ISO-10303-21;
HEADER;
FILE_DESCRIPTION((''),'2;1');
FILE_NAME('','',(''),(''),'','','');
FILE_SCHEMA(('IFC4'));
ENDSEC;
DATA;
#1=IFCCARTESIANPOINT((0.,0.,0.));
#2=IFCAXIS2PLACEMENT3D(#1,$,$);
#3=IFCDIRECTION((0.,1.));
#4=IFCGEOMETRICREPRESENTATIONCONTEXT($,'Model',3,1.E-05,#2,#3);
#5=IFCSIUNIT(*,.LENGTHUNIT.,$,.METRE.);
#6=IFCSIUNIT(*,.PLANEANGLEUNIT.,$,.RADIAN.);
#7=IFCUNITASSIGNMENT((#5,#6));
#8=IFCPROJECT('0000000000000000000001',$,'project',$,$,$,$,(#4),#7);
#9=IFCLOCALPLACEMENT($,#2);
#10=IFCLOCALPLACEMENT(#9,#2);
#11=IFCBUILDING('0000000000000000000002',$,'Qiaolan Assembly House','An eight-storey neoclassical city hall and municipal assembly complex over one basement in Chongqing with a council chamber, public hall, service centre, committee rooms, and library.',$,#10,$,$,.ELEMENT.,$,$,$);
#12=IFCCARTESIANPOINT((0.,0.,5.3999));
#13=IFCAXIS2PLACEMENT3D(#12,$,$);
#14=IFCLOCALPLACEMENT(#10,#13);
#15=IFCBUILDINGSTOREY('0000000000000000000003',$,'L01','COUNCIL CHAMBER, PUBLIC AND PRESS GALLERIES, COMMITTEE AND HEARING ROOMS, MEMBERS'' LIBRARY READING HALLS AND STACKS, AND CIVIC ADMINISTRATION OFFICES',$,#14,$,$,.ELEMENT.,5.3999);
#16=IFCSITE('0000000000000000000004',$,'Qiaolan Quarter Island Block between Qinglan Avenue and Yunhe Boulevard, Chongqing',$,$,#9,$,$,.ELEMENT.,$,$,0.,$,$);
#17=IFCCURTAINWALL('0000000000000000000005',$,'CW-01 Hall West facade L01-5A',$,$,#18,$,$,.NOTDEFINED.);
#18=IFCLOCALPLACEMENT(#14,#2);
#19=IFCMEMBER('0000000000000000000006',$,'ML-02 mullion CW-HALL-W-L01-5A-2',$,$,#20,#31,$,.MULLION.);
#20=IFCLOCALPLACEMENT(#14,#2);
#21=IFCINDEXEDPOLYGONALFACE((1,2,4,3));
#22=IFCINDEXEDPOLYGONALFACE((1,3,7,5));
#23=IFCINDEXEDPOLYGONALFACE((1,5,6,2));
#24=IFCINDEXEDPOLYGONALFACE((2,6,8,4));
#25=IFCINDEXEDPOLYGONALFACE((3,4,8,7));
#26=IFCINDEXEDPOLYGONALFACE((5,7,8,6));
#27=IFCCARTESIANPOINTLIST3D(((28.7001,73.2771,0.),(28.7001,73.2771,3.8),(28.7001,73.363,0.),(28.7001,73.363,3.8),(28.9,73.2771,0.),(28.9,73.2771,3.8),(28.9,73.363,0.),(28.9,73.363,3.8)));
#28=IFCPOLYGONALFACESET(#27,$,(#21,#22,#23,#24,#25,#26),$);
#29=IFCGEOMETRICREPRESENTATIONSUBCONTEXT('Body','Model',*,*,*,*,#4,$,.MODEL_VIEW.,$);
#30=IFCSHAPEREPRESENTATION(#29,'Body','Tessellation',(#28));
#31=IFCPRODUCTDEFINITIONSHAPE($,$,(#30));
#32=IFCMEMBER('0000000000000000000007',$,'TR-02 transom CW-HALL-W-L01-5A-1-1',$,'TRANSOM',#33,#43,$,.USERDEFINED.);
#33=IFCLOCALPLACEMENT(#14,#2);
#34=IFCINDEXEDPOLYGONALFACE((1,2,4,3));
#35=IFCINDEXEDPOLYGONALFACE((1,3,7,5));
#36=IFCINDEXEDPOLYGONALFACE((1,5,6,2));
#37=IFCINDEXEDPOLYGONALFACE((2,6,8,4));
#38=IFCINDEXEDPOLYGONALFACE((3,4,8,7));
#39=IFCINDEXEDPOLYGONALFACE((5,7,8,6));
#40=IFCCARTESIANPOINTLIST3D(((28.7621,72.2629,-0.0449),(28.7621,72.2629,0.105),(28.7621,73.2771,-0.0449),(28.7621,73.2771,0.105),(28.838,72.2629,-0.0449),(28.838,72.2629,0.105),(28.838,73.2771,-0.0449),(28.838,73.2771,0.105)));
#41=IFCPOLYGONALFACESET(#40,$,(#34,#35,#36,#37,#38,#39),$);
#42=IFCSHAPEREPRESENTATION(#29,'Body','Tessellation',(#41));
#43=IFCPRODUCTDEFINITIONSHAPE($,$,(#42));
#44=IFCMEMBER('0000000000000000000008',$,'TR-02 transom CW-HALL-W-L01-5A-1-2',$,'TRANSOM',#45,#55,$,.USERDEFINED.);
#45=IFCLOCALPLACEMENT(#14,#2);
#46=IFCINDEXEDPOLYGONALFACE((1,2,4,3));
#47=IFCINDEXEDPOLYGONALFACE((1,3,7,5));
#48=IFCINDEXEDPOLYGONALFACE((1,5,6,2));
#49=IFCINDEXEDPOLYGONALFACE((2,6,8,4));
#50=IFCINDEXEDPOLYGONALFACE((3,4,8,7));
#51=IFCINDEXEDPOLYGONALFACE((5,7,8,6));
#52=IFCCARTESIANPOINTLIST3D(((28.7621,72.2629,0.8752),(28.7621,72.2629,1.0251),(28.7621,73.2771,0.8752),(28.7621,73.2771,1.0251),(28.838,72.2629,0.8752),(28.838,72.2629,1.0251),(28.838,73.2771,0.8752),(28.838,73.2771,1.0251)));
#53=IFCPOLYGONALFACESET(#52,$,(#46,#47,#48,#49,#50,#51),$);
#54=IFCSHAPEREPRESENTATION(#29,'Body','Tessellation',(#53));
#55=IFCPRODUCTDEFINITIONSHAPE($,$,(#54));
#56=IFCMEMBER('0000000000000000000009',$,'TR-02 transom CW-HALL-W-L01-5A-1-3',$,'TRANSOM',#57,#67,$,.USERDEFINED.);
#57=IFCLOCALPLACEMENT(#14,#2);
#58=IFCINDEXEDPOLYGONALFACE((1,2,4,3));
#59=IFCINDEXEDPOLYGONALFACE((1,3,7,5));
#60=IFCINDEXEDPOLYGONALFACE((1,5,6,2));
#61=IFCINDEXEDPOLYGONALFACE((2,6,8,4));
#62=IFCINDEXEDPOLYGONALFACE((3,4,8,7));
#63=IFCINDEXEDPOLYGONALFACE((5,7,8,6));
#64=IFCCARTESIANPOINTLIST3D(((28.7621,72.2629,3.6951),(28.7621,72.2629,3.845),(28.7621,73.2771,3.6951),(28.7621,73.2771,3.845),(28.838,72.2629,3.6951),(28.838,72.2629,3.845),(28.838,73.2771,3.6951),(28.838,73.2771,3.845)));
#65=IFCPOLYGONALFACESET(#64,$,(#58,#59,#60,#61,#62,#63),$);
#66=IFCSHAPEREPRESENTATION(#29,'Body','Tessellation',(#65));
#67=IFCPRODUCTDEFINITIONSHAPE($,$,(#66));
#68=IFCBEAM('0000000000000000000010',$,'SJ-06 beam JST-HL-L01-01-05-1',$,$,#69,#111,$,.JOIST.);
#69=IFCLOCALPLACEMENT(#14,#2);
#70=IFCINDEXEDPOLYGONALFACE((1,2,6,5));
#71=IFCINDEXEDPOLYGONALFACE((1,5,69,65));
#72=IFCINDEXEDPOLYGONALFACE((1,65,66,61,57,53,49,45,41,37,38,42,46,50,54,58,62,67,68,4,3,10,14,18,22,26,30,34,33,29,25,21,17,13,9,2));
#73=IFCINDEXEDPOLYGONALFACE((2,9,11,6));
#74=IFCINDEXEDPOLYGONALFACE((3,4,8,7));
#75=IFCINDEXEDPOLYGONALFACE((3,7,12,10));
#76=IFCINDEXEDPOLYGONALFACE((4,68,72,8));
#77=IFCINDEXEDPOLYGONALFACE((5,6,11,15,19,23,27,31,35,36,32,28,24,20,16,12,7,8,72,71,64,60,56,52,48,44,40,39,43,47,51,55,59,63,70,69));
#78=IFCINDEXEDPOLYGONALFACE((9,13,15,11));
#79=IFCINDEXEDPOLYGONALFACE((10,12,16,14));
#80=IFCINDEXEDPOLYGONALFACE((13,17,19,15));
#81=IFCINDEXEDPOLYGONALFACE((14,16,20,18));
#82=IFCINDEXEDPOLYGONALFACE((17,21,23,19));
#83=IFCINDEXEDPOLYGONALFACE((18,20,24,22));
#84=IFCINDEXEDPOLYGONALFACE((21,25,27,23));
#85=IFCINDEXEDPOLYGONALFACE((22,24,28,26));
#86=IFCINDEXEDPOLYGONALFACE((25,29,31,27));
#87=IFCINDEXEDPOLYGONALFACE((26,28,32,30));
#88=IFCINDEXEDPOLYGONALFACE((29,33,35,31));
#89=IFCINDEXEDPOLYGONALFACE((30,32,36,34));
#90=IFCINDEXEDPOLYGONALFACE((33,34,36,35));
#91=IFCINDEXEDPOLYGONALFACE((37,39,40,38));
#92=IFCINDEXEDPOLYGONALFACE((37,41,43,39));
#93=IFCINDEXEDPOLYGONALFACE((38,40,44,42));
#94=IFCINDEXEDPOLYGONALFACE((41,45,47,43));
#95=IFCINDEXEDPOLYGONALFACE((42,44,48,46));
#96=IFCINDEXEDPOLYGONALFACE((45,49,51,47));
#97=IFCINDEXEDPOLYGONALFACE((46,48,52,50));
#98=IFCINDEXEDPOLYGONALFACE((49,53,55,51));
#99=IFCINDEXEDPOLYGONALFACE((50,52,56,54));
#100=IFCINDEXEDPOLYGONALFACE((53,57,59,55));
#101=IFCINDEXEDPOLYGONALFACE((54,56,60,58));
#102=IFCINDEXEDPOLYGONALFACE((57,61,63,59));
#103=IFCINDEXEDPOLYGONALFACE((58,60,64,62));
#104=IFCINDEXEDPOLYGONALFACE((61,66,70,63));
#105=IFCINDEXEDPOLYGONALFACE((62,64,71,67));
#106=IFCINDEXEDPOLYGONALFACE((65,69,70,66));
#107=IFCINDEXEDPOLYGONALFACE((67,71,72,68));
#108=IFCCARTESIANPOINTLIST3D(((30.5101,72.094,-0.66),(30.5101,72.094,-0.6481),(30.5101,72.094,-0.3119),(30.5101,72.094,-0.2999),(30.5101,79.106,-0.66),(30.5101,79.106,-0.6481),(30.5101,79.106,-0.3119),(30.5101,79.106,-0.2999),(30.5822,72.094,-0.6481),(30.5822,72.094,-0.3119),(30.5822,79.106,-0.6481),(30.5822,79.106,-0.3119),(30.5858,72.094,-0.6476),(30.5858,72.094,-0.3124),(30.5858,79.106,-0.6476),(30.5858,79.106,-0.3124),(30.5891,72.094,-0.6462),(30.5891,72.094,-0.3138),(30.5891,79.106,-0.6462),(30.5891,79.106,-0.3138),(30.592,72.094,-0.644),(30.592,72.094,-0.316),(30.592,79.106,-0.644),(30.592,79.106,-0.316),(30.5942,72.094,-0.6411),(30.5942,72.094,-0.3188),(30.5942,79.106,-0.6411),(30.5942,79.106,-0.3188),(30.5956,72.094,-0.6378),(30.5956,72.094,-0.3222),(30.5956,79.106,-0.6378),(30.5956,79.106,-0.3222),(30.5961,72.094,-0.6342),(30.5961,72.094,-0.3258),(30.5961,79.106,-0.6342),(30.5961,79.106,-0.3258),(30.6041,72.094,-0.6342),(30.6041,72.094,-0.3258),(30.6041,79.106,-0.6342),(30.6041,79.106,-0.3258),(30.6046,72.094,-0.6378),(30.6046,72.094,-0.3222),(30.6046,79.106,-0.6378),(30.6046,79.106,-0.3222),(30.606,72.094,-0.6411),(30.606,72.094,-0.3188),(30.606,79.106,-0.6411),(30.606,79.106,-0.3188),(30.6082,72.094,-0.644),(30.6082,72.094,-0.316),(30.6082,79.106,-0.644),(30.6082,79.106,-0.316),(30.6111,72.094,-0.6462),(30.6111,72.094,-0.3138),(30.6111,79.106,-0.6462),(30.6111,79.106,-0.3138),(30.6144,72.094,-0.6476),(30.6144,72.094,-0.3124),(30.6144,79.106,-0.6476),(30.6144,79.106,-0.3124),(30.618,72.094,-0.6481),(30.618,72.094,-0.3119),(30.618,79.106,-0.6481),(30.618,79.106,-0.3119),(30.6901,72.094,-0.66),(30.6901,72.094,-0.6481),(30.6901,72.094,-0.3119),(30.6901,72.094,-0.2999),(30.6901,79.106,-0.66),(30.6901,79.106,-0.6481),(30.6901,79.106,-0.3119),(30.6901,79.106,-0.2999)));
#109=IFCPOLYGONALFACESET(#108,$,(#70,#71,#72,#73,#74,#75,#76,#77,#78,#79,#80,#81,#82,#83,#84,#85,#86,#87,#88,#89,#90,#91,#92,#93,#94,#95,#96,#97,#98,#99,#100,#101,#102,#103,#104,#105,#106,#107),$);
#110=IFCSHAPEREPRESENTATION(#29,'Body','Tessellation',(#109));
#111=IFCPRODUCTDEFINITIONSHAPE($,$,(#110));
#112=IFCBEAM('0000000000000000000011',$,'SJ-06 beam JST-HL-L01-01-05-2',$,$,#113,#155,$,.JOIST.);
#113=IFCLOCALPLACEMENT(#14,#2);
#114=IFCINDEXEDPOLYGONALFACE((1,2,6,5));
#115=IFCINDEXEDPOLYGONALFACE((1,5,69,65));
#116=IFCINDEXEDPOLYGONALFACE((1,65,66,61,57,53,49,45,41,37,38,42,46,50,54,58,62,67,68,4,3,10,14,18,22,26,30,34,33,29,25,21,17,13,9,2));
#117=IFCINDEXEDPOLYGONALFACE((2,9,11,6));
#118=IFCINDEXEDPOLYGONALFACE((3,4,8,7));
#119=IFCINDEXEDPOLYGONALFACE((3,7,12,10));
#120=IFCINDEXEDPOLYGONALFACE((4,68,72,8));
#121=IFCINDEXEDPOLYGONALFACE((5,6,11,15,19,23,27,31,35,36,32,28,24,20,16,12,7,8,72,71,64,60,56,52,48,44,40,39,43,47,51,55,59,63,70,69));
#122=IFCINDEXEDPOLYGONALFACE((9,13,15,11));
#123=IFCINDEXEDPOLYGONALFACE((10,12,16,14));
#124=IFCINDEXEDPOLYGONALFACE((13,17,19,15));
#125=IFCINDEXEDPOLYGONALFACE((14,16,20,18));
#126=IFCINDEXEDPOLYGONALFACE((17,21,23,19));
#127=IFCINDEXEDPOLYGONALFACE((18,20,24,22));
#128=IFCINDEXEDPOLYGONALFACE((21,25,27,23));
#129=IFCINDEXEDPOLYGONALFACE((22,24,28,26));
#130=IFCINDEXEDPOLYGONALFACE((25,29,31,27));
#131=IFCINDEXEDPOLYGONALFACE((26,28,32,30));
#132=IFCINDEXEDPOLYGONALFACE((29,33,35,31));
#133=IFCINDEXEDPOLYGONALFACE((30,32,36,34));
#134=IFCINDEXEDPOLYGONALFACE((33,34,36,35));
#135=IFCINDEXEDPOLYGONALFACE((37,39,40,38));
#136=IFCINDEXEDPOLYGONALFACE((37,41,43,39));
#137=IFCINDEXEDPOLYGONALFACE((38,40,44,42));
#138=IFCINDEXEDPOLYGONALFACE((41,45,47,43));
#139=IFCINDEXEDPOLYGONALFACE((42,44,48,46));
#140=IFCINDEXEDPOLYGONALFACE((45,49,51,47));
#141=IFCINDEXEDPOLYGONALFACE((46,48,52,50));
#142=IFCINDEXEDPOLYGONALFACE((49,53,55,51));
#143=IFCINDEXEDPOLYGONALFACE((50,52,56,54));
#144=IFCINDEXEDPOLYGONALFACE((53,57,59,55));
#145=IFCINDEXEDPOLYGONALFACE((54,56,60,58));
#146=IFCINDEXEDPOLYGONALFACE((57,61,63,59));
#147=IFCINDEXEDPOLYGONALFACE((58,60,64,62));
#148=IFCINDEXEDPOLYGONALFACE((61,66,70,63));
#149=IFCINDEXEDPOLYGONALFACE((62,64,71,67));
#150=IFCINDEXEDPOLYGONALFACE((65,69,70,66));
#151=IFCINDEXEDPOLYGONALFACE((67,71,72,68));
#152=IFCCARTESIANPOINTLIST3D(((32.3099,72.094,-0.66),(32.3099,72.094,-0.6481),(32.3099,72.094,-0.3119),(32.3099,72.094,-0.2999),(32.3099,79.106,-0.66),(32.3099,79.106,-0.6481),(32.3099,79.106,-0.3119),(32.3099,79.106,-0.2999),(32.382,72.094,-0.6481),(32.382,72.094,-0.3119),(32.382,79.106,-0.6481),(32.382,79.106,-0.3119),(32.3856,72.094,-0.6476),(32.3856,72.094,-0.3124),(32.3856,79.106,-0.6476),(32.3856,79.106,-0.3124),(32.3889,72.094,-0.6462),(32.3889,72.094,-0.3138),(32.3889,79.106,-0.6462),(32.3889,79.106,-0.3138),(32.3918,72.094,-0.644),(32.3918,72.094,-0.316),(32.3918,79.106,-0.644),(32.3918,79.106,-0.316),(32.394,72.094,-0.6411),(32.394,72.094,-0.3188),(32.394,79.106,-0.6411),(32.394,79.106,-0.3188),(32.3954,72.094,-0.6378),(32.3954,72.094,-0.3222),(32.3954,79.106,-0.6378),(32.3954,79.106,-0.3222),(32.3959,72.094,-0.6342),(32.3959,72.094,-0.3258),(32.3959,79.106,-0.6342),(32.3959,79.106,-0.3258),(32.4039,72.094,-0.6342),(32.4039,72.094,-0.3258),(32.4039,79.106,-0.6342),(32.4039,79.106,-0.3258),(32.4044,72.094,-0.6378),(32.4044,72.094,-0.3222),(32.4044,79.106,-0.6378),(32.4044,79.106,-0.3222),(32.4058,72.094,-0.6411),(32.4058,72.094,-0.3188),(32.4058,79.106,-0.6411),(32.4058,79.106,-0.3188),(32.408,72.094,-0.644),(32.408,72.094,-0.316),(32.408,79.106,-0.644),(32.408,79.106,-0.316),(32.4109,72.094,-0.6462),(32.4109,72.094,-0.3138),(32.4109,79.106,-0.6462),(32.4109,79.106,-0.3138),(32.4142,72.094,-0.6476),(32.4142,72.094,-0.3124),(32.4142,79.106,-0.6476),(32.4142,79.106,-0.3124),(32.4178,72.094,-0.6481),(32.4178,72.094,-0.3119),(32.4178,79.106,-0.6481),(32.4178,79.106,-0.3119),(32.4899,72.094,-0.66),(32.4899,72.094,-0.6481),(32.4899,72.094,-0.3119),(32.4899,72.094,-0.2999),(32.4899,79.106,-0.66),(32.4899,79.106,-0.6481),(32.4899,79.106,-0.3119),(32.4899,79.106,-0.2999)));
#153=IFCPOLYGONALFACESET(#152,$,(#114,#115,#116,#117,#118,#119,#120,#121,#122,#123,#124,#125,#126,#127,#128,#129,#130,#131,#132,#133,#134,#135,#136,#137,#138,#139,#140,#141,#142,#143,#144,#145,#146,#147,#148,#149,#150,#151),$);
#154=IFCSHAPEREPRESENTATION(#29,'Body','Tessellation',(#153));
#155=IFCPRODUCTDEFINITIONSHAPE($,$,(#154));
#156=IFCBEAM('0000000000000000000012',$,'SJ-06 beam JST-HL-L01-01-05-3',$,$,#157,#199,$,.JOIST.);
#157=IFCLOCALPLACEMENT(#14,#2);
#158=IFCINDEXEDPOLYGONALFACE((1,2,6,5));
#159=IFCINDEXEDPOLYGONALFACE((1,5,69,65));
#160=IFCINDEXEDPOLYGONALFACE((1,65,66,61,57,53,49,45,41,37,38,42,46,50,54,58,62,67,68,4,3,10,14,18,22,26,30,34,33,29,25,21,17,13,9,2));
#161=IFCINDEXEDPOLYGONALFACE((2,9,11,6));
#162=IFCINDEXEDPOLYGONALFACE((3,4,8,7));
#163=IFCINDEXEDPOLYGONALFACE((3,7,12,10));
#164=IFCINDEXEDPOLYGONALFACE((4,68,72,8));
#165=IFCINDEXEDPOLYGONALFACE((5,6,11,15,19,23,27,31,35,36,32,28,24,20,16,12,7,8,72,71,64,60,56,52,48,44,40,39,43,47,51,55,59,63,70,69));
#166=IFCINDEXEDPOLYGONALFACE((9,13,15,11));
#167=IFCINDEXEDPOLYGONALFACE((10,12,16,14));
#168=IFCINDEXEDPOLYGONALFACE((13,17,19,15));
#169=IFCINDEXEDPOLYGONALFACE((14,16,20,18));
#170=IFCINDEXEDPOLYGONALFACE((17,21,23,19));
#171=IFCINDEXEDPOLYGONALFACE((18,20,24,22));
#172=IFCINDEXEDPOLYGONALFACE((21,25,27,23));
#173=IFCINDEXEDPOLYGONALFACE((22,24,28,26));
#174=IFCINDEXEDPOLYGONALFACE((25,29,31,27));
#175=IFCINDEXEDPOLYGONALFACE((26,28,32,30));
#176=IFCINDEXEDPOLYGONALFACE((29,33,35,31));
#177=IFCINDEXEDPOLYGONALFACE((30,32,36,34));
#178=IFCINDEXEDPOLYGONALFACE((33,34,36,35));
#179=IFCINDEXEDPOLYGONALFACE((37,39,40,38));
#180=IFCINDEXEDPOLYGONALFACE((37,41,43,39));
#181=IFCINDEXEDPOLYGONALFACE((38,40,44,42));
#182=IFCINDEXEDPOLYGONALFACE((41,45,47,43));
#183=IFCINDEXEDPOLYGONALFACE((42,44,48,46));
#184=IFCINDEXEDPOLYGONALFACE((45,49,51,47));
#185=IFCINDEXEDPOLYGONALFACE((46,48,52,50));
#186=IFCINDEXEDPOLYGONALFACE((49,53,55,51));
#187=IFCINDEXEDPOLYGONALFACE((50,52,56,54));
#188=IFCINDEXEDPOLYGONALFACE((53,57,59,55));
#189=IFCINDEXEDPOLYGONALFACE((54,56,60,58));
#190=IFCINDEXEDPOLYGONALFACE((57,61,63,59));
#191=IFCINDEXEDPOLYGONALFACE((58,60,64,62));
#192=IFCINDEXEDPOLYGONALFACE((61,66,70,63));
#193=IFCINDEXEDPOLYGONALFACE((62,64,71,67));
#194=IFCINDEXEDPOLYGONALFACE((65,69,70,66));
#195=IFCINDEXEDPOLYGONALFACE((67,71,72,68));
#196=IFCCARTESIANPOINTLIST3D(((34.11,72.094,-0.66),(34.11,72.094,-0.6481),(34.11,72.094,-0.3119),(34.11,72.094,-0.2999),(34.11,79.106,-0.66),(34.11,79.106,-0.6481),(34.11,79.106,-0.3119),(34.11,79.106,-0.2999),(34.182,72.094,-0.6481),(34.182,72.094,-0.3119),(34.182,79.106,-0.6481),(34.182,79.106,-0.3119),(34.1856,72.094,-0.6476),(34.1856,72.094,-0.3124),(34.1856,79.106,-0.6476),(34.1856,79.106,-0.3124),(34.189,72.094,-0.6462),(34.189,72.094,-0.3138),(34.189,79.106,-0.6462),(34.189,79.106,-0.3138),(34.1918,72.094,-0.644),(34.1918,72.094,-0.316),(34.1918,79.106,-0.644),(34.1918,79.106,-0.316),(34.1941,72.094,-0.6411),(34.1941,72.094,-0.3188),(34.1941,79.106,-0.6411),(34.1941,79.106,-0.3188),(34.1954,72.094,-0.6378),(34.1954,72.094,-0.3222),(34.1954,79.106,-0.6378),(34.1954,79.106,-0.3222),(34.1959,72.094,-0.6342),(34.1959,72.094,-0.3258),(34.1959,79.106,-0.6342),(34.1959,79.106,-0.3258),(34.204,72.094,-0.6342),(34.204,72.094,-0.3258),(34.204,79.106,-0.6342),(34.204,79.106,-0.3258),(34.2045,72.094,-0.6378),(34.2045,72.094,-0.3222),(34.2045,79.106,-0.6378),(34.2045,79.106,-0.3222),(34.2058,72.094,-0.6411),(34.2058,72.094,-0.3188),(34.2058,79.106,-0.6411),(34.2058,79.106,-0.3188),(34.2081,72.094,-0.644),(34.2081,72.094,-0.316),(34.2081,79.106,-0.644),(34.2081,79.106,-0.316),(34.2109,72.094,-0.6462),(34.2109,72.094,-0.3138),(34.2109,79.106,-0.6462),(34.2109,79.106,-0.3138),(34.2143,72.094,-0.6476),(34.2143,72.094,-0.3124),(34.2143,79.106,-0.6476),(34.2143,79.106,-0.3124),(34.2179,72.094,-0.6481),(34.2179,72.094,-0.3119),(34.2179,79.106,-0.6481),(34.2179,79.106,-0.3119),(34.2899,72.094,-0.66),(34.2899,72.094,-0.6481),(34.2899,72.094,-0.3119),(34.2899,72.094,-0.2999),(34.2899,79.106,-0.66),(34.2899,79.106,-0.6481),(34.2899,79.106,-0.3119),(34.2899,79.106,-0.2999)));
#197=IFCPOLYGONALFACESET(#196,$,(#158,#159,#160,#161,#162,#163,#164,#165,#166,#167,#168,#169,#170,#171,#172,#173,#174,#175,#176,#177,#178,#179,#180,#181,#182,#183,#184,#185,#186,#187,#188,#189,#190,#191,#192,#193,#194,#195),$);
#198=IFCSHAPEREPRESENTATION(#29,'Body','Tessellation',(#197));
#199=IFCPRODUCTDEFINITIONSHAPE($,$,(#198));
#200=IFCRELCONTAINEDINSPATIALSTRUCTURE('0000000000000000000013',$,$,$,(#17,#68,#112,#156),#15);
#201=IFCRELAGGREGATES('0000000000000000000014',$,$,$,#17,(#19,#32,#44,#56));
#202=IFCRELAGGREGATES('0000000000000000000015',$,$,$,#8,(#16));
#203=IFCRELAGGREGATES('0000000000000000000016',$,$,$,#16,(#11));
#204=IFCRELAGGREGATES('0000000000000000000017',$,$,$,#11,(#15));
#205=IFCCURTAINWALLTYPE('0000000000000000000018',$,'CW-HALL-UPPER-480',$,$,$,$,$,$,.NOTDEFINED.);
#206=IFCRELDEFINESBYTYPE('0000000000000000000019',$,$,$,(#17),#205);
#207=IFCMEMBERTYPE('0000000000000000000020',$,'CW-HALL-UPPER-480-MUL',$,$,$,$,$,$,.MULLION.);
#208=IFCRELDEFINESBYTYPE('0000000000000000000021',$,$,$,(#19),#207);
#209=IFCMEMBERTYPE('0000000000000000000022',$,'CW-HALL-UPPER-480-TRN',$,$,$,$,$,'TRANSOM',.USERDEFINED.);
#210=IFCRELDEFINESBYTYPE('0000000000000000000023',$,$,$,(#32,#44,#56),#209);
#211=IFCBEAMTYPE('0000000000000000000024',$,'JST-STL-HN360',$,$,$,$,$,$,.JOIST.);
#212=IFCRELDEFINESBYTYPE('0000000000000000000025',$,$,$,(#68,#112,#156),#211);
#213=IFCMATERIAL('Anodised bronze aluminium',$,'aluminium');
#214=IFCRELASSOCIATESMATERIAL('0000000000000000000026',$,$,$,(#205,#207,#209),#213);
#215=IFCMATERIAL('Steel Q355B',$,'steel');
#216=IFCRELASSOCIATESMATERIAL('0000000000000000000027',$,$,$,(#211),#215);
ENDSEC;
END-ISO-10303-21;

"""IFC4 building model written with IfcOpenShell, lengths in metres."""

from ifc_helpers import new_model, si_unit, direction, frame, origin, origin_2d, place, context, subcontext, project, spatial, rectangle, i_section, extrude, material, material_profile, profile_set, type_object, element, aggregate, save


model = new_model("IFC4")

# Units and contexts
model_context = context("Model", 3, precision=1e-05, world=origin(), true_north=direction((0.0, 1.0)))
body_context = subcontext(model_context, "Body", "Model", "MODEL_VIEW")
ifc_project = project(units=[si_unit("LENGTHUNIT", "METRE"), si_unit("PLANEANGLEUNIT", "RADIAN")], contexts=[model_context])

# Site, building, storey
site_placement = place(None, origin())
site = spatial("IfcSite", under=ifc_project, at=site_placement, Name="Qiaolan Quarter Island Block between Qinglan Avenue and Yunhe Boulevard, Chongqing", CompositionType="ELEMENT", RefElevation=0.0)
building_placement = place(site_placement, origin())
building = spatial("IfcBuilding", under=site, at=building_placement, Name="Qiaolan Assembly House", Description="An eight-storey neoclassical city hall and municipal assembly complex over one basement in Chongqing with a council chamber, public hall, service centre, committee rooms, and library.", CompositionType="ELEMENT")
storey_placement = place(building_placement, frame((0.0, 0.0, 5.3999)))
storey = spatial("IfcBuildingStorey", under=building, at=storey_placement, Name="L01", Description="COUNCIL CHAMBER, PUBLIC AND PRESS GALLERIES, COMMITTEE AND HEARING ROOMS, MEMBERS' LIBRARY READING HALLS AND STACKS, AND CIVIC ADMINISTRATION OFFICES", CompositionType="ELEMENT", Elevation=5.3999)

# Shared definitions
ifc_material_1 = material(Name="Steel Q355B", Category="steel")

# Curtain wall, members
ifc_material_2 = material(Name="Anodised bronze aluminium", Category="aluminium")
curtain_wall_type = type_object("IfcCurtainWallType", Name="CW-HALL-UPPER-480", PredefinedType="NOTDEFINED", material=ifc_material_2)
curtain_wall_placement = place(storey_placement, origin())
curtain_wall = element("IfcCurtainWall", 1, at=curtain_wall_placement, inside=storey, type_object=curtain_wall_type, Name="CW-01 Hall West facade L01-5A", PredefinedType="NOTDEFINED")
ifc_material_profile_1 = material_profile(ifc_material_2, rectangle(XDim=0.0859, YDim=0.2, at=origin_2d()), Name="MUL 86x200")
ifc_profile_set_1 = profile_set([ifc_material_profile_1], Name="Anodised bronze aluminium")
member_type_1 = type_object("IfcMemberType", Name="CW-HALL-UPPER-480-MUL", PredefinedType="MULLION", material=ifc_profile_set_1)
member_1_placement = place(storey_placement, frame((28.8, 73.3201, 0.0), z_axis=(0.0, 0.0, 1.0), x_axis=(0.0, 1.0, 0.0)))
member_1 = element("IfcMember", 2, at=member_1_placement, type_object=member_type_1, Name="ML-02 mullion CW-HALL-W-L01-5A-2", PredefinedType="MULLION", context=body_context, shape_type="SweptSolid", body=[
    extrude(rectangle(XDim=0.0859, YDim=0.2, at=origin_2d()), origin(), (0.0, 0.0, 1.0), 3.8),
])
ifc_material_profile_2 = material_profile(ifc_material_2, rectangle(XDim=0.0759, YDim=0.1499, at=origin_2d()), Name="TRN 76x150")
ifc_profile_set_2 = profile_set([ifc_material_profile_2], Name="Anodised bronze aluminium")
member_type_2 = type_object("IfcMemberType", Name="CW-HALL-UPPER-480-TRN", ElementType="TRANSOM", PredefinedType="USERDEFINED", material=ifc_profile_set_2)
member_2_placement = place(storey_placement, frame((28.8, 72.2629, 0.03), z_axis=(0.0, 1.0, 0.0), x_axis=(-1.0, 0.0, 0.0)))
member_2 = element("IfcMember", 3, at=member_2_placement, type_object=member_type_2, Name="TR-02 transom CW-HALL-W-L01-5A-1-1", ObjectType="TRANSOM", PredefinedType="USERDEFINED", context=body_context, shape_type="SweptSolid", body=[
    extrude(rectangle(XDim=0.0759, YDim=0.1499, at=origin_2d()), origin(), (0.0, 0.0, 1.0), 1.0142),
])
member_3_placement = place(storey_placement, frame((28.8, 72.2629, 0.9502), z_axis=(0.0, 1.0, 0.0), x_axis=(-1.0, 0.0, 0.0)))
member_3 = element("IfcMember", 4, at=member_3_placement, type_object=member_type_2, Name="TR-02 transom CW-HALL-W-L01-5A-1-2", ObjectType="TRANSOM", PredefinedType="USERDEFINED", context=body_context, shape_type="SweptSolid", body=[
    extrude(rectangle(XDim=0.0759, YDim=0.1499, at=origin_2d()), origin(), (0.0, 0.0, 1.0), 1.0142),
])
member_4_placement = place(storey_placement, frame((28.8, 72.2629, 3.77), z_axis=(0.0, 1.0, 0.0), x_axis=(-1.0, 0.0, 0.0)))
member_4 = element("IfcMember", 5, at=member_4_placement, type_object=member_type_2, Name="TR-02 transom CW-HALL-W-L01-5A-1-3", ObjectType="TRANSOM", PredefinedType="USERDEFINED", context=body_context, shape_type="SweptSolid", body=[
    extrude(rectangle(XDim=0.0759, YDim=0.1499, at=origin_2d()), origin(), (0.0, 0.0, 1.0), 1.0142),
])
aggregate(curtain_wall, [member_1, member_2, member_3, member_4])

# Beams
ifc_material_profile_3 = material_profile(ifc_material_1, i_section(OverallWidth=0.1799, OverallDepth=0.3601, WebThickness=0.0081, FlangeThickness=0.012, FilletRadius=0.0139, at=origin_2d()), Name="HN 360x180x8x12")
ifc_profile_set_3 = profile_set([ifc_material_profile_3], Name="Steel Q355B")
beam_type_1 = type_object("IfcBeamType", Name="JST-STL-HN360", PredefinedType="JOIST", material=ifc_profile_set_3)
for number, where, z_axis, x_axis, name in (
    (6, (30.6001, 72.094, -0.48), (0.0, 1.0, 0.0), (-1.0, 0.0, 0.0), "SJ-06 beam JST-HL-L01-01-05-1"),
    (7, (32.3999, 72.094, -0.48), (0.0, 1.0, 0.0), (-1.0, 0.0, 0.0), "SJ-06 beam JST-HL-L01-01-05-2"),
    (8, (34.2, 72.094, -0.48), (0.0, 1.0, 0.0), (-1.0, 0.0, 0.0), "SJ-06 beam JST-HL-L01-01-05-3"),
):
    element("IfcBeam", number, at=place(storey_placement, frame(where, z_axis=z_axis, x_axis=x_axis)), inside=storey, type_object=beam_type_1, Name=name, PredefinedType="JOIST", context=body_context, shape_type="SweptSolid", body=[
        extrude(i_section(OverallWidth=0.1799, OverallDepth=0.3601, WebThickness=0.0081, FlangeThickness=0.012, FilletRadius=0.0139, at=origin_2d()), origin(), (0.0, 0.0, 1.0), 7.012),
    ])

save(model, "model.ifc")
